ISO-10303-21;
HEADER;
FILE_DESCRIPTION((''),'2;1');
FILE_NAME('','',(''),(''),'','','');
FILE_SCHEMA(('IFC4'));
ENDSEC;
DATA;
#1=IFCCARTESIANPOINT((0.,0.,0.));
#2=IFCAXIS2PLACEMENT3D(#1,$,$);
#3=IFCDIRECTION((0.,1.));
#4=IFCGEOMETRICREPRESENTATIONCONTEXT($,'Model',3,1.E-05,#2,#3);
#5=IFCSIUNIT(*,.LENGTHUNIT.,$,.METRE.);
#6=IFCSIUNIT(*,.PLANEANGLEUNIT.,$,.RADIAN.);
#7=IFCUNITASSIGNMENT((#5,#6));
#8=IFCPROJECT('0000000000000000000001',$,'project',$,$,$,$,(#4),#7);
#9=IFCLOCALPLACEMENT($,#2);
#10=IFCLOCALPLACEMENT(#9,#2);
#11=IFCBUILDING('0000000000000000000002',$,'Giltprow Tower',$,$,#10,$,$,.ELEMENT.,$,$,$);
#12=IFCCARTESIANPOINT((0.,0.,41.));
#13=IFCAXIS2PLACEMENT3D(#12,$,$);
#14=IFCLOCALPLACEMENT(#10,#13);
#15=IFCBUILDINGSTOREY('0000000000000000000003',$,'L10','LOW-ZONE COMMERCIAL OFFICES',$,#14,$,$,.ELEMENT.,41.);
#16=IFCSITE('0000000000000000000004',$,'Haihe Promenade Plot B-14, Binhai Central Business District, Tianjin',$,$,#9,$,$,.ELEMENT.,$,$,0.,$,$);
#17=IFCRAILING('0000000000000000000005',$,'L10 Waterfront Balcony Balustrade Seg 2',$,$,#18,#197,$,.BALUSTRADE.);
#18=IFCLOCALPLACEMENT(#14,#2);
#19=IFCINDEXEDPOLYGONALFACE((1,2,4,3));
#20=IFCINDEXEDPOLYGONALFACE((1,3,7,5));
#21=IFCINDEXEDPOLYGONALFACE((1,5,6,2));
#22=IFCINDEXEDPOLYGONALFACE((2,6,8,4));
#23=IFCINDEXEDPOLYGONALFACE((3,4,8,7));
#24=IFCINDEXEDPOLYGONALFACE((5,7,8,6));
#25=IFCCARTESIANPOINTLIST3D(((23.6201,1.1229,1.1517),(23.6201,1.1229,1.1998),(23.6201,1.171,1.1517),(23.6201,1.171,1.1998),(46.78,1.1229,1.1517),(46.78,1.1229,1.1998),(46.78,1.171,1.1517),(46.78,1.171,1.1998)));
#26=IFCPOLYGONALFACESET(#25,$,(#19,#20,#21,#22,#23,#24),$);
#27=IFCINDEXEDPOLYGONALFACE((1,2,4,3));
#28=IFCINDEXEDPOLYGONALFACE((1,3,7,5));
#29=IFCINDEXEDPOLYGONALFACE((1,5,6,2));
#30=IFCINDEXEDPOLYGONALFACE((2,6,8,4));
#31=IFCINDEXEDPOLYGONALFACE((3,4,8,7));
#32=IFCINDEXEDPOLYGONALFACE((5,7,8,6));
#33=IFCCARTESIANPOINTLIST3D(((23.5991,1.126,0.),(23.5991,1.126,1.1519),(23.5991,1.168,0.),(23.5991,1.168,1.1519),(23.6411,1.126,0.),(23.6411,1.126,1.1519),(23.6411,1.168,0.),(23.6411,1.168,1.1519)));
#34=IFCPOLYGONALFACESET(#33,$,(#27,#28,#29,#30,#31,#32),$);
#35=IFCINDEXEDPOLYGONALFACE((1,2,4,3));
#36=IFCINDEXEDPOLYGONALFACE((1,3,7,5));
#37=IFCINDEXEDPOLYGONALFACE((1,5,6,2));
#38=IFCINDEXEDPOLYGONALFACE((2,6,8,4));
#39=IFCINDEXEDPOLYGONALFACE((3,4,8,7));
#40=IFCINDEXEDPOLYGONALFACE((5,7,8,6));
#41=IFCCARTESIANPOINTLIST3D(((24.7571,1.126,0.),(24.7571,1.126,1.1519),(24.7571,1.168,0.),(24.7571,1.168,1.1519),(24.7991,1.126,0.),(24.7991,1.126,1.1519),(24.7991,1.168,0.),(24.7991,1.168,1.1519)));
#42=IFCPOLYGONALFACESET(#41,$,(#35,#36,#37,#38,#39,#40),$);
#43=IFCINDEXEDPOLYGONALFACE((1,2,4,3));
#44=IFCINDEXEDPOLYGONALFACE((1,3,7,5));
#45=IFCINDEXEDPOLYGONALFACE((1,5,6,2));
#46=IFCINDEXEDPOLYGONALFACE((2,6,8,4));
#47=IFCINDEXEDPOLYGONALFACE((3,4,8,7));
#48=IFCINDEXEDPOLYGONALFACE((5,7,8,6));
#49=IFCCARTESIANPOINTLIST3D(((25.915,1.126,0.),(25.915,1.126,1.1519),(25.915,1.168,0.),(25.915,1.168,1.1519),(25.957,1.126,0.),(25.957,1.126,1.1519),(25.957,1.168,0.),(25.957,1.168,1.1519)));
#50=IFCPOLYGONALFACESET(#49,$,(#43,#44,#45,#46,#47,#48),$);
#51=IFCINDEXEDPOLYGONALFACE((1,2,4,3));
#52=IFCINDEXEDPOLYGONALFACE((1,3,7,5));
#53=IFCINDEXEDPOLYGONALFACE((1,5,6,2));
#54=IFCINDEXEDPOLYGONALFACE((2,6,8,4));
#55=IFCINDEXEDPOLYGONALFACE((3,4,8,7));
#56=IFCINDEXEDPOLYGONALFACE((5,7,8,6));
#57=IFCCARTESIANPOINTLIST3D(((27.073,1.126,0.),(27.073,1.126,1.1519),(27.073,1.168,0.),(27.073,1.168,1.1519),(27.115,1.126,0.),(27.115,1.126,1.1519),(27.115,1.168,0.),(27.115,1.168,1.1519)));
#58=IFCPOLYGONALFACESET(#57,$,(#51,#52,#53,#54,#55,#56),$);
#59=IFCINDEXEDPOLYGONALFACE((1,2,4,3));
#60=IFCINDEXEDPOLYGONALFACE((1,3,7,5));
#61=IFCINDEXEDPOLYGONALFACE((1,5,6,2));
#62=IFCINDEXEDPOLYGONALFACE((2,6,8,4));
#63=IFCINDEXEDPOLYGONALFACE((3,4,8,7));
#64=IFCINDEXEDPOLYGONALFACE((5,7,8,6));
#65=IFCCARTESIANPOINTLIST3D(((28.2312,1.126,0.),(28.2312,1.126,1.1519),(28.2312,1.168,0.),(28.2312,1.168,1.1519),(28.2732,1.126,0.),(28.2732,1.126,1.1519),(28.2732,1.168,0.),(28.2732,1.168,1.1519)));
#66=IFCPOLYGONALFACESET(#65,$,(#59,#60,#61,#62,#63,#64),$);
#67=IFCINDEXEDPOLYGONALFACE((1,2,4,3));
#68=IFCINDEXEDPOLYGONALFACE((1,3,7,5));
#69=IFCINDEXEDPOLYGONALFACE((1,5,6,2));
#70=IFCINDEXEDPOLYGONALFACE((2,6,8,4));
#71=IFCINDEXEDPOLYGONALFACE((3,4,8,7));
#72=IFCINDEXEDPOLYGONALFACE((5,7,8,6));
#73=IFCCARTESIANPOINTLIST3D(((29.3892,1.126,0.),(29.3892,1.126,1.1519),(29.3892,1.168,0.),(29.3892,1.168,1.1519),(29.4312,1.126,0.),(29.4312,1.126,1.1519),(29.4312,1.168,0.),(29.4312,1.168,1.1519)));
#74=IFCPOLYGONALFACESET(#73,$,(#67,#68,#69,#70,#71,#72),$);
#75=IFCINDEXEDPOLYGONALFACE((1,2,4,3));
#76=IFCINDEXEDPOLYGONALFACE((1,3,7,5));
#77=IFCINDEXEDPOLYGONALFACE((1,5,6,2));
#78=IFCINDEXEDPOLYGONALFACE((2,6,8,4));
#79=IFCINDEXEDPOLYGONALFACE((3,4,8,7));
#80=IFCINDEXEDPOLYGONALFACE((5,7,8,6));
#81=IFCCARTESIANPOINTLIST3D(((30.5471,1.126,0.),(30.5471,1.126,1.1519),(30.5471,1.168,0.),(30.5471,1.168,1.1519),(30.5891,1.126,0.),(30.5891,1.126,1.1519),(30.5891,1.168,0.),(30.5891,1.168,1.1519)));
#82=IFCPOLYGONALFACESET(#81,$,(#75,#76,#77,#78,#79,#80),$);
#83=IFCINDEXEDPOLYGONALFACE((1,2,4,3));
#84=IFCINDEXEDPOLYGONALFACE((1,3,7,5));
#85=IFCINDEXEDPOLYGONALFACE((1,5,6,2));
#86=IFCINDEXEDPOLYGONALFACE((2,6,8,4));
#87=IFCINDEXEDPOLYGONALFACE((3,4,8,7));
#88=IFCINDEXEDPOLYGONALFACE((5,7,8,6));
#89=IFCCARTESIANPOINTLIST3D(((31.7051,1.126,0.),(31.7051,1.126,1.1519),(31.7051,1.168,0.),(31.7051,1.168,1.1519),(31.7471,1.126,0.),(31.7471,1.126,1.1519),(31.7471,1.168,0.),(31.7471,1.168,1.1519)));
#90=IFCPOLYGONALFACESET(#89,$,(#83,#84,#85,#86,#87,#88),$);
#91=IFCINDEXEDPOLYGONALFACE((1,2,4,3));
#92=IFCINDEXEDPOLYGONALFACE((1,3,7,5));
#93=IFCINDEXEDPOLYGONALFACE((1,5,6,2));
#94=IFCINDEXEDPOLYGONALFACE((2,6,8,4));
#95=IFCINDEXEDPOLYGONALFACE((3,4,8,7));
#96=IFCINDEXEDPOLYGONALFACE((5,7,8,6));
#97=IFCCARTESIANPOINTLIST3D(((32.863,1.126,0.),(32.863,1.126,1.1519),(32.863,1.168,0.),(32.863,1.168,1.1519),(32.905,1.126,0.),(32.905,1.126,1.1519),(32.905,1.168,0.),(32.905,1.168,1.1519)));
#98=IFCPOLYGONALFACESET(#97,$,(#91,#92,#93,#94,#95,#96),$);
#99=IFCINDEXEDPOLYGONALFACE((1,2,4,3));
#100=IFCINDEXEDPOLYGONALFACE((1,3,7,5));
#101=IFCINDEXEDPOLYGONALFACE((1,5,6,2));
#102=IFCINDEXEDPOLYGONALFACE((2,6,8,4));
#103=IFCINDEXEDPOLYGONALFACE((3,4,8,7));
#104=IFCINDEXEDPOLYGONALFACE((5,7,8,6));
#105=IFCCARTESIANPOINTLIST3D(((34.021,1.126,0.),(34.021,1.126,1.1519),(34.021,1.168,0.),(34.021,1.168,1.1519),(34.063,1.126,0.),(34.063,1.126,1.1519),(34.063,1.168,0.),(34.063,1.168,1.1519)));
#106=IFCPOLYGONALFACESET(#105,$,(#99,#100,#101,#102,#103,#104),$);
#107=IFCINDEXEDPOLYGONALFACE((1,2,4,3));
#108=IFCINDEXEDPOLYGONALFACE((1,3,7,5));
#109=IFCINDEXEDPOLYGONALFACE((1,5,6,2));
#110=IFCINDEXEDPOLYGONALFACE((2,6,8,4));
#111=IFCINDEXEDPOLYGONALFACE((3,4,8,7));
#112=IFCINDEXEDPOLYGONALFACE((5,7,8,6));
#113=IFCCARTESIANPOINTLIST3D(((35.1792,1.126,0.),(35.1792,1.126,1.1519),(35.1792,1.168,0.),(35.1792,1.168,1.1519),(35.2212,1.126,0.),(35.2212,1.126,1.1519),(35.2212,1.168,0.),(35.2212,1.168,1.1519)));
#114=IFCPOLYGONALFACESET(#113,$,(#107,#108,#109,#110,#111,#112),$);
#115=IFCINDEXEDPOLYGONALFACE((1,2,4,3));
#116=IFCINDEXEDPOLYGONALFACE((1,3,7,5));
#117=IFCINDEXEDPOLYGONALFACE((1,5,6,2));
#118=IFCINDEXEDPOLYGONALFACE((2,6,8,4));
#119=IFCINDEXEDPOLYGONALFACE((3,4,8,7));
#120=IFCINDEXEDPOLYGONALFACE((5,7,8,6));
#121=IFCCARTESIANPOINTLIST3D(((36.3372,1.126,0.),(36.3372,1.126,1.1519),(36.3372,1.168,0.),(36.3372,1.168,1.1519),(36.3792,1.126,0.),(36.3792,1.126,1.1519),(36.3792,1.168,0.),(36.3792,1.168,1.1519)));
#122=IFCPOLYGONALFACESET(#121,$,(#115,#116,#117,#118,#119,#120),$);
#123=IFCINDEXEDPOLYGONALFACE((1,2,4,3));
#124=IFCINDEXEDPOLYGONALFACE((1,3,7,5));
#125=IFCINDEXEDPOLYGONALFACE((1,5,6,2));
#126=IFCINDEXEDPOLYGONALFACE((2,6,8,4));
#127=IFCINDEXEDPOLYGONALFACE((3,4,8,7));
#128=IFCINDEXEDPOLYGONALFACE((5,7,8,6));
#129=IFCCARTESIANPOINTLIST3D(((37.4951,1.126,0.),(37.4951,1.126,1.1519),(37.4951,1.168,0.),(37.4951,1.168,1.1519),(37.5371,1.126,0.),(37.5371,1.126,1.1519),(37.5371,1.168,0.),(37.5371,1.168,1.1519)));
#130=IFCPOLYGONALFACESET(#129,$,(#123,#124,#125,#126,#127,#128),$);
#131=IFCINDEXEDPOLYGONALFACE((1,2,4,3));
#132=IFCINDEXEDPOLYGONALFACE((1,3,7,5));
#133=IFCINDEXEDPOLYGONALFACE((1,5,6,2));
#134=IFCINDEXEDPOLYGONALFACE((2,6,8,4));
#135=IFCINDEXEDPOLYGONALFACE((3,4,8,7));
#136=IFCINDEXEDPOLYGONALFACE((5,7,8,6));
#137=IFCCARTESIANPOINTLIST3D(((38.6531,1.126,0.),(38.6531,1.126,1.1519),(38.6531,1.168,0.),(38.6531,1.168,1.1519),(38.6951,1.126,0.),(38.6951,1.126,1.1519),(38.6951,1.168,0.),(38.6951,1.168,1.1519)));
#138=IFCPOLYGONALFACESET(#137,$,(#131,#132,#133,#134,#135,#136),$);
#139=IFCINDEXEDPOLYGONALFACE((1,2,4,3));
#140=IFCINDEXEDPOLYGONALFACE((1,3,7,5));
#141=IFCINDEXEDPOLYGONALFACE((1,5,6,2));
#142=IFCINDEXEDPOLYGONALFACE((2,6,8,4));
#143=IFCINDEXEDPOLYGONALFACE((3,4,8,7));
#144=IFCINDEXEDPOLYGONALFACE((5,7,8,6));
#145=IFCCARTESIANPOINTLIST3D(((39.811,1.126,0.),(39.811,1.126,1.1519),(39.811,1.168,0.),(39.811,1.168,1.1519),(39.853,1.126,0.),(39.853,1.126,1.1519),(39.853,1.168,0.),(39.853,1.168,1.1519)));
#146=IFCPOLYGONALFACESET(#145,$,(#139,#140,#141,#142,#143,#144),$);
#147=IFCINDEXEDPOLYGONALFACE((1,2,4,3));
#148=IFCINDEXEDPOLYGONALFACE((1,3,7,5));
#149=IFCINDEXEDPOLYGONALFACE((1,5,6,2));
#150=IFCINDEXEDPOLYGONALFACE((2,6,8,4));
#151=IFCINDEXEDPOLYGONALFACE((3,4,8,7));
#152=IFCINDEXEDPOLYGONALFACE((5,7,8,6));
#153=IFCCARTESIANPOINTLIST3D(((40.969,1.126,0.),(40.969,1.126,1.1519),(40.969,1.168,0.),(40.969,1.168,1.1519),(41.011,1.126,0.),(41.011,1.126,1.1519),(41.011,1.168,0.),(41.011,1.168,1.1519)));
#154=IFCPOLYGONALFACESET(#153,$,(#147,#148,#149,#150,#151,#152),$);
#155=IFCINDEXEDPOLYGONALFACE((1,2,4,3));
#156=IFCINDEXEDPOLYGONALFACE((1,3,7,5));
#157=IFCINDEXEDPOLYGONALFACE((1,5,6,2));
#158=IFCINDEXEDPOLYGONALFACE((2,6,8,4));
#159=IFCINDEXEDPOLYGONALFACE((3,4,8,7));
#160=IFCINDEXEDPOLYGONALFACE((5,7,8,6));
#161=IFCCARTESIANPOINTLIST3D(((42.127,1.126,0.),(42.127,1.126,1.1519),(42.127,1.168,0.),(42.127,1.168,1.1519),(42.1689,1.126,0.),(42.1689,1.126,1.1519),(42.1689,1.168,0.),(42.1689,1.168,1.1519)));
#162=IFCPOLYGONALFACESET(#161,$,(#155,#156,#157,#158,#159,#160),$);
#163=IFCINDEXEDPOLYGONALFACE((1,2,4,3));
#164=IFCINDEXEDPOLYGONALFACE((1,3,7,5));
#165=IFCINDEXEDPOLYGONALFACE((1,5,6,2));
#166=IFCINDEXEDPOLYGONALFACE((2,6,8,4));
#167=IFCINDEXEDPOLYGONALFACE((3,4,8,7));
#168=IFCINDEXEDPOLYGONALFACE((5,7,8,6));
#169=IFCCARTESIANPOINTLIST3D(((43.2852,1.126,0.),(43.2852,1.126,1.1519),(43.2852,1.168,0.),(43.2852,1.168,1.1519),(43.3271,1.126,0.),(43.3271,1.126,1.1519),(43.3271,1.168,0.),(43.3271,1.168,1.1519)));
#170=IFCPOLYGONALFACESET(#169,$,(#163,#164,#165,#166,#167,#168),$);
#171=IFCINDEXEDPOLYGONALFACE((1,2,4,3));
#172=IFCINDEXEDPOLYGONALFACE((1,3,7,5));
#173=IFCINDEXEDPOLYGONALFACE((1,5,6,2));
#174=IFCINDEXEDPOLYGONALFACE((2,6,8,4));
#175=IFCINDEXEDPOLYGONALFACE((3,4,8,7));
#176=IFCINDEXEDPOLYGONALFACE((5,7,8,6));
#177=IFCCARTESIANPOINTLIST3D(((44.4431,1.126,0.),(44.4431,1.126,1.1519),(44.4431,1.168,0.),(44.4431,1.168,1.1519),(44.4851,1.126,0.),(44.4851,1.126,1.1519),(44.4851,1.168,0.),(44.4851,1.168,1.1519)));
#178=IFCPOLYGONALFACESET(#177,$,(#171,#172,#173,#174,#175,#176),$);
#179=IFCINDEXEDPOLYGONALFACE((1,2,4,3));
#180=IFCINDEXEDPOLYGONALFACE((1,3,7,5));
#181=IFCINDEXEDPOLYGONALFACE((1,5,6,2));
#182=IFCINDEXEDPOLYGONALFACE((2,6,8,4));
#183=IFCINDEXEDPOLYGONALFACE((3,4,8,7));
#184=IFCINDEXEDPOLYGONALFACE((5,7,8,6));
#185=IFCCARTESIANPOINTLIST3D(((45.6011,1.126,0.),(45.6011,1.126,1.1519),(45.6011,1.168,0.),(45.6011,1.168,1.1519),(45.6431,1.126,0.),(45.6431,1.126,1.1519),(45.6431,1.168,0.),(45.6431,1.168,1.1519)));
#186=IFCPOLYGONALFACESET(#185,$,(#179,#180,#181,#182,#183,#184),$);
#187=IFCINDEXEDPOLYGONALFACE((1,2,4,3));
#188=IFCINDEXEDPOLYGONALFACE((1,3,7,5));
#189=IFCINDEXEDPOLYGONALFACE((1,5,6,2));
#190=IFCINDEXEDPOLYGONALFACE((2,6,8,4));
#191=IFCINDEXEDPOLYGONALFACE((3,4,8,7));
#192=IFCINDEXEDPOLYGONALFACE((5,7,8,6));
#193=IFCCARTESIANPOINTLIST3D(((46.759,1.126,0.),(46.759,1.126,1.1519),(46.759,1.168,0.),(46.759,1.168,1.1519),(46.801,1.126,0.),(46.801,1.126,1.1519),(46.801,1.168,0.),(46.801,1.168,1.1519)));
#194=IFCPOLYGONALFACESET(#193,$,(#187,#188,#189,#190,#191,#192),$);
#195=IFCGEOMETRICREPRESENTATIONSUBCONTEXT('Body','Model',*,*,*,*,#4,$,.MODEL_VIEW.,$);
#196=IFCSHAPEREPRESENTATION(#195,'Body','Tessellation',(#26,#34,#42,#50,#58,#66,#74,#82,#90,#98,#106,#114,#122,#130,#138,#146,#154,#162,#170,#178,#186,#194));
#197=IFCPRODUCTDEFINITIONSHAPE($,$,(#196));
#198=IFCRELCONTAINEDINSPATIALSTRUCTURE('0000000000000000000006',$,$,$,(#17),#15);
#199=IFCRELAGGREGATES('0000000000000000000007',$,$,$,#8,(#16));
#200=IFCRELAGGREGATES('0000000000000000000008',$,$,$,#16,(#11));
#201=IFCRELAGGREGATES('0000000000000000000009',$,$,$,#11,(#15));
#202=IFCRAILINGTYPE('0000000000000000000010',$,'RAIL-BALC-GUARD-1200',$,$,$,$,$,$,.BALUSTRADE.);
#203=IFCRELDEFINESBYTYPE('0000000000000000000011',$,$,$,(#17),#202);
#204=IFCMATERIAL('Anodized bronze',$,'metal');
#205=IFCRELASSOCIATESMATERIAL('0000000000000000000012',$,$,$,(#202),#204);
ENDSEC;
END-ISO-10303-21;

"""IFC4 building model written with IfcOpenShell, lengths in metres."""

from ifc_helpers import new_model, si_unit, direction, frame, origin, origin_2d, place, context, subcontext, project, spatial, rectangle, extrude, material, type_object, element, save


model = new_model("IFC4")

# Units and contexts
model_context = context("Model", 3, precision=1e-05, world=origin(), true_north=direction((0.0, 1.0)))
body_context = subcontext(model_context, "Body", "Model", "MODEL_VIEW")
ifc_project = project(units=[si_unit("LENGTHUNIT", "METRE"), si_unit("PLANEANGLEUNIT", "RADIAN")], contexts=[model_context])

# Site, building, storey
site_placement = place(None, origin())
site = spatial("IfcSite", under=ifc_project, at=site_placement, Name="Haihe Promenade Plot B-14, Binhai Central Business District, Tianjin", CompositionType="ELEMENT", RefElevation=0.0)
building_placement = place(site_placement, origin())
building = spatial("IfcBuilding", under=site, at=building_placement, Name="Giltprow Tower", CompositionType="ELEMENT")
storey_placement = place(building_placement, frame((0.0, 0.0, 41.0)))
storey = spatial("IfcBuildingStorey", under=building, at=storey_placement, Name="L10", Description="LOW-ZONE COMMERCIAL OFFICES", CompositionType="ELEMENT", Elevation=41.0)

# Shared definitions
ifc_material_1 = material(Name="Anodized bronze", Category="metal")

# Railing
railing_type = type_object("IfcRailingType", Name="RAIL-BALC-GUARD-1200", PredefinedType="BALUSTRADE", material=ifc_material_1)
railing_1_placement = place(storey_placement, frame((23.6201, 1.147, 0.0)))
element("IfcRailing", 1, at=railing_1_placement, inside=storey, type_object=railing_type, Name="L10 Waterfront Balcony Balustrade Seg 2", PredefinedType="BALUSTRADE", context=body_context, shape_type="SweptSolid", body=[
    extrude(rectangle(XDim=0.0481, YDim=0.0481, at=origin_2d()), frame((0.0, 0.0, 1.1758), z_axis=(1.0, 0.0, 0.0), x_axis=(0.0, 1.0, 0.0)), (0.0, 0.0, 1.0), 23.1599),
    extrude(rectangle(XDim=0.042, YDim=0.042, at=origin_2d()), origin(), (0.0, 0.0, 1.0), 1.1519),
    extrude(rectangle(XDim=0.042, YDim=0.042, at=origin_2d()), frame((1.158, 0.0, 0.0)), (0.0, 0.0, 1.0), 1.1519),
    extrude(rectangle(XDim=0.042, YDim=0.042, at=origin_2d()), frame((2.3159, 0.0, 0.0)), (0.0, 0.0, 1.0), 1.1519),
    extrude(rectangle(XDim=0.042, YDim=0.042, at=origin_2d()), frame((3.4739, 0.0, 0.0)), (0.0, 0.0, 1.0), 1.1519),
    extrude(rectangle(XDim=0.042, YDim=0.042, at=origin_2d()), frame((4.6321, 0.0, 0.0)), (0.0, 0.0, 1.0), 1.1519),
    extrude(rectangle(XDim=0.042, YDim=0.042, at=origin_2d()), frame((5.79, 0.0, 0.0)), (0.0, 0.0, 1.0), 1.1519),
    extrude(rectangle(XDim=0.042, YDim=0.042, at=origin_2d()), frame((6.948, 0.0, 0.0)), (0.0, 0.0, 1.0), 1.1519),
    extrude(rectangle(XDim=0.042, YDim=0.042, at=origin_2d()), frame((8.106, 0.0, 0.0)), (0.0, 0.0, 1.0), 1.1519),
    extrude(rectangle(XDim=0.042, YDim=0.042, at=origin_2d()), frame((9.2639, 0.0, 0.0)), (0.0, 0.0, 1.0), 1.1519),
    extrude(rectangle(XDim=0.042, YDim=0.042, at=origin_2d()), frame((10.4219, 0.0, 0.0)), (0.0, 0.0, 1.0), 1.1519),
    extrude(rectangle(XDim=0.042, YDim=0.042, at=origin_2d()), frame((11.5801, 0.0, 0.0)), (0.0, 0.0, 1.0), 1.1519),
    extrude(rectangle(XDim=0.042, YDim=0.042, at=origin_2d()), frame((12.738, 0.0, 0.0)), (0.0, 0.0, 1.0), 1.1519),
    extrude(rectangle(XDim=0.042, YDim=0.042, at=origin_2d()), frame((13.896, 0.0, 0.0)), (0.0, 0.0, 1.0), 1.1519),
    extrude(rectangle(XDim=0.042, YDim=0.042, at=origin_2d()), frame((15.054, 0.0, 0.0)), (0.0, 0.0, 1.0), 1.1519),
    extrude(rectangle(XDim=0.042, YDim=0.042, at=origin_2d()), frame((16.2119, 0.0, 0.0)), (0.0, 0.0, 1.0), 1.1519),
    extrude(rectangle(XDim=0.042, YDim=0.042, at=origin_2d()), frame((17.3699, 0.0, 0.0)), (0.0, 0.0, 1.0), 1.1519),
    extrude(rectangle(XDim=0.042, YDim=0.042, at=origin_2d()), frame((18.5278, 0.0, 0.0)), (0.0, 0.0, 1.0), 1.1519),
    extrude(rectangle(XDim=0.042, YDim=0.042, at=origin_2d()), frame((19.686, 0.0, 0.0)), (0.0, 0.0, 1.0), 1.1519),
    extrude(rectangle(XDim=0.042, YDim=0.042, at=origin_2d()), frame((20.844, 0.0, 0.0)), (0.0, 0.0, 1.0), 1.1519),
    extrude(rectangle(XDim=0.042, YDim=0.042, at=origin_2d()), frame((22.002, 0.0, 0.0)), (0.0, 0.0, 1.0), 1.1519),
    extrude(rectangle(XDim=0.042, YDim=0.042, at=origin_2d()), frame((23.1599, 0.0, 0.0)), (0.0, 0.0, 1.0), 1.1519),
])

save(model, "model.ifc")
